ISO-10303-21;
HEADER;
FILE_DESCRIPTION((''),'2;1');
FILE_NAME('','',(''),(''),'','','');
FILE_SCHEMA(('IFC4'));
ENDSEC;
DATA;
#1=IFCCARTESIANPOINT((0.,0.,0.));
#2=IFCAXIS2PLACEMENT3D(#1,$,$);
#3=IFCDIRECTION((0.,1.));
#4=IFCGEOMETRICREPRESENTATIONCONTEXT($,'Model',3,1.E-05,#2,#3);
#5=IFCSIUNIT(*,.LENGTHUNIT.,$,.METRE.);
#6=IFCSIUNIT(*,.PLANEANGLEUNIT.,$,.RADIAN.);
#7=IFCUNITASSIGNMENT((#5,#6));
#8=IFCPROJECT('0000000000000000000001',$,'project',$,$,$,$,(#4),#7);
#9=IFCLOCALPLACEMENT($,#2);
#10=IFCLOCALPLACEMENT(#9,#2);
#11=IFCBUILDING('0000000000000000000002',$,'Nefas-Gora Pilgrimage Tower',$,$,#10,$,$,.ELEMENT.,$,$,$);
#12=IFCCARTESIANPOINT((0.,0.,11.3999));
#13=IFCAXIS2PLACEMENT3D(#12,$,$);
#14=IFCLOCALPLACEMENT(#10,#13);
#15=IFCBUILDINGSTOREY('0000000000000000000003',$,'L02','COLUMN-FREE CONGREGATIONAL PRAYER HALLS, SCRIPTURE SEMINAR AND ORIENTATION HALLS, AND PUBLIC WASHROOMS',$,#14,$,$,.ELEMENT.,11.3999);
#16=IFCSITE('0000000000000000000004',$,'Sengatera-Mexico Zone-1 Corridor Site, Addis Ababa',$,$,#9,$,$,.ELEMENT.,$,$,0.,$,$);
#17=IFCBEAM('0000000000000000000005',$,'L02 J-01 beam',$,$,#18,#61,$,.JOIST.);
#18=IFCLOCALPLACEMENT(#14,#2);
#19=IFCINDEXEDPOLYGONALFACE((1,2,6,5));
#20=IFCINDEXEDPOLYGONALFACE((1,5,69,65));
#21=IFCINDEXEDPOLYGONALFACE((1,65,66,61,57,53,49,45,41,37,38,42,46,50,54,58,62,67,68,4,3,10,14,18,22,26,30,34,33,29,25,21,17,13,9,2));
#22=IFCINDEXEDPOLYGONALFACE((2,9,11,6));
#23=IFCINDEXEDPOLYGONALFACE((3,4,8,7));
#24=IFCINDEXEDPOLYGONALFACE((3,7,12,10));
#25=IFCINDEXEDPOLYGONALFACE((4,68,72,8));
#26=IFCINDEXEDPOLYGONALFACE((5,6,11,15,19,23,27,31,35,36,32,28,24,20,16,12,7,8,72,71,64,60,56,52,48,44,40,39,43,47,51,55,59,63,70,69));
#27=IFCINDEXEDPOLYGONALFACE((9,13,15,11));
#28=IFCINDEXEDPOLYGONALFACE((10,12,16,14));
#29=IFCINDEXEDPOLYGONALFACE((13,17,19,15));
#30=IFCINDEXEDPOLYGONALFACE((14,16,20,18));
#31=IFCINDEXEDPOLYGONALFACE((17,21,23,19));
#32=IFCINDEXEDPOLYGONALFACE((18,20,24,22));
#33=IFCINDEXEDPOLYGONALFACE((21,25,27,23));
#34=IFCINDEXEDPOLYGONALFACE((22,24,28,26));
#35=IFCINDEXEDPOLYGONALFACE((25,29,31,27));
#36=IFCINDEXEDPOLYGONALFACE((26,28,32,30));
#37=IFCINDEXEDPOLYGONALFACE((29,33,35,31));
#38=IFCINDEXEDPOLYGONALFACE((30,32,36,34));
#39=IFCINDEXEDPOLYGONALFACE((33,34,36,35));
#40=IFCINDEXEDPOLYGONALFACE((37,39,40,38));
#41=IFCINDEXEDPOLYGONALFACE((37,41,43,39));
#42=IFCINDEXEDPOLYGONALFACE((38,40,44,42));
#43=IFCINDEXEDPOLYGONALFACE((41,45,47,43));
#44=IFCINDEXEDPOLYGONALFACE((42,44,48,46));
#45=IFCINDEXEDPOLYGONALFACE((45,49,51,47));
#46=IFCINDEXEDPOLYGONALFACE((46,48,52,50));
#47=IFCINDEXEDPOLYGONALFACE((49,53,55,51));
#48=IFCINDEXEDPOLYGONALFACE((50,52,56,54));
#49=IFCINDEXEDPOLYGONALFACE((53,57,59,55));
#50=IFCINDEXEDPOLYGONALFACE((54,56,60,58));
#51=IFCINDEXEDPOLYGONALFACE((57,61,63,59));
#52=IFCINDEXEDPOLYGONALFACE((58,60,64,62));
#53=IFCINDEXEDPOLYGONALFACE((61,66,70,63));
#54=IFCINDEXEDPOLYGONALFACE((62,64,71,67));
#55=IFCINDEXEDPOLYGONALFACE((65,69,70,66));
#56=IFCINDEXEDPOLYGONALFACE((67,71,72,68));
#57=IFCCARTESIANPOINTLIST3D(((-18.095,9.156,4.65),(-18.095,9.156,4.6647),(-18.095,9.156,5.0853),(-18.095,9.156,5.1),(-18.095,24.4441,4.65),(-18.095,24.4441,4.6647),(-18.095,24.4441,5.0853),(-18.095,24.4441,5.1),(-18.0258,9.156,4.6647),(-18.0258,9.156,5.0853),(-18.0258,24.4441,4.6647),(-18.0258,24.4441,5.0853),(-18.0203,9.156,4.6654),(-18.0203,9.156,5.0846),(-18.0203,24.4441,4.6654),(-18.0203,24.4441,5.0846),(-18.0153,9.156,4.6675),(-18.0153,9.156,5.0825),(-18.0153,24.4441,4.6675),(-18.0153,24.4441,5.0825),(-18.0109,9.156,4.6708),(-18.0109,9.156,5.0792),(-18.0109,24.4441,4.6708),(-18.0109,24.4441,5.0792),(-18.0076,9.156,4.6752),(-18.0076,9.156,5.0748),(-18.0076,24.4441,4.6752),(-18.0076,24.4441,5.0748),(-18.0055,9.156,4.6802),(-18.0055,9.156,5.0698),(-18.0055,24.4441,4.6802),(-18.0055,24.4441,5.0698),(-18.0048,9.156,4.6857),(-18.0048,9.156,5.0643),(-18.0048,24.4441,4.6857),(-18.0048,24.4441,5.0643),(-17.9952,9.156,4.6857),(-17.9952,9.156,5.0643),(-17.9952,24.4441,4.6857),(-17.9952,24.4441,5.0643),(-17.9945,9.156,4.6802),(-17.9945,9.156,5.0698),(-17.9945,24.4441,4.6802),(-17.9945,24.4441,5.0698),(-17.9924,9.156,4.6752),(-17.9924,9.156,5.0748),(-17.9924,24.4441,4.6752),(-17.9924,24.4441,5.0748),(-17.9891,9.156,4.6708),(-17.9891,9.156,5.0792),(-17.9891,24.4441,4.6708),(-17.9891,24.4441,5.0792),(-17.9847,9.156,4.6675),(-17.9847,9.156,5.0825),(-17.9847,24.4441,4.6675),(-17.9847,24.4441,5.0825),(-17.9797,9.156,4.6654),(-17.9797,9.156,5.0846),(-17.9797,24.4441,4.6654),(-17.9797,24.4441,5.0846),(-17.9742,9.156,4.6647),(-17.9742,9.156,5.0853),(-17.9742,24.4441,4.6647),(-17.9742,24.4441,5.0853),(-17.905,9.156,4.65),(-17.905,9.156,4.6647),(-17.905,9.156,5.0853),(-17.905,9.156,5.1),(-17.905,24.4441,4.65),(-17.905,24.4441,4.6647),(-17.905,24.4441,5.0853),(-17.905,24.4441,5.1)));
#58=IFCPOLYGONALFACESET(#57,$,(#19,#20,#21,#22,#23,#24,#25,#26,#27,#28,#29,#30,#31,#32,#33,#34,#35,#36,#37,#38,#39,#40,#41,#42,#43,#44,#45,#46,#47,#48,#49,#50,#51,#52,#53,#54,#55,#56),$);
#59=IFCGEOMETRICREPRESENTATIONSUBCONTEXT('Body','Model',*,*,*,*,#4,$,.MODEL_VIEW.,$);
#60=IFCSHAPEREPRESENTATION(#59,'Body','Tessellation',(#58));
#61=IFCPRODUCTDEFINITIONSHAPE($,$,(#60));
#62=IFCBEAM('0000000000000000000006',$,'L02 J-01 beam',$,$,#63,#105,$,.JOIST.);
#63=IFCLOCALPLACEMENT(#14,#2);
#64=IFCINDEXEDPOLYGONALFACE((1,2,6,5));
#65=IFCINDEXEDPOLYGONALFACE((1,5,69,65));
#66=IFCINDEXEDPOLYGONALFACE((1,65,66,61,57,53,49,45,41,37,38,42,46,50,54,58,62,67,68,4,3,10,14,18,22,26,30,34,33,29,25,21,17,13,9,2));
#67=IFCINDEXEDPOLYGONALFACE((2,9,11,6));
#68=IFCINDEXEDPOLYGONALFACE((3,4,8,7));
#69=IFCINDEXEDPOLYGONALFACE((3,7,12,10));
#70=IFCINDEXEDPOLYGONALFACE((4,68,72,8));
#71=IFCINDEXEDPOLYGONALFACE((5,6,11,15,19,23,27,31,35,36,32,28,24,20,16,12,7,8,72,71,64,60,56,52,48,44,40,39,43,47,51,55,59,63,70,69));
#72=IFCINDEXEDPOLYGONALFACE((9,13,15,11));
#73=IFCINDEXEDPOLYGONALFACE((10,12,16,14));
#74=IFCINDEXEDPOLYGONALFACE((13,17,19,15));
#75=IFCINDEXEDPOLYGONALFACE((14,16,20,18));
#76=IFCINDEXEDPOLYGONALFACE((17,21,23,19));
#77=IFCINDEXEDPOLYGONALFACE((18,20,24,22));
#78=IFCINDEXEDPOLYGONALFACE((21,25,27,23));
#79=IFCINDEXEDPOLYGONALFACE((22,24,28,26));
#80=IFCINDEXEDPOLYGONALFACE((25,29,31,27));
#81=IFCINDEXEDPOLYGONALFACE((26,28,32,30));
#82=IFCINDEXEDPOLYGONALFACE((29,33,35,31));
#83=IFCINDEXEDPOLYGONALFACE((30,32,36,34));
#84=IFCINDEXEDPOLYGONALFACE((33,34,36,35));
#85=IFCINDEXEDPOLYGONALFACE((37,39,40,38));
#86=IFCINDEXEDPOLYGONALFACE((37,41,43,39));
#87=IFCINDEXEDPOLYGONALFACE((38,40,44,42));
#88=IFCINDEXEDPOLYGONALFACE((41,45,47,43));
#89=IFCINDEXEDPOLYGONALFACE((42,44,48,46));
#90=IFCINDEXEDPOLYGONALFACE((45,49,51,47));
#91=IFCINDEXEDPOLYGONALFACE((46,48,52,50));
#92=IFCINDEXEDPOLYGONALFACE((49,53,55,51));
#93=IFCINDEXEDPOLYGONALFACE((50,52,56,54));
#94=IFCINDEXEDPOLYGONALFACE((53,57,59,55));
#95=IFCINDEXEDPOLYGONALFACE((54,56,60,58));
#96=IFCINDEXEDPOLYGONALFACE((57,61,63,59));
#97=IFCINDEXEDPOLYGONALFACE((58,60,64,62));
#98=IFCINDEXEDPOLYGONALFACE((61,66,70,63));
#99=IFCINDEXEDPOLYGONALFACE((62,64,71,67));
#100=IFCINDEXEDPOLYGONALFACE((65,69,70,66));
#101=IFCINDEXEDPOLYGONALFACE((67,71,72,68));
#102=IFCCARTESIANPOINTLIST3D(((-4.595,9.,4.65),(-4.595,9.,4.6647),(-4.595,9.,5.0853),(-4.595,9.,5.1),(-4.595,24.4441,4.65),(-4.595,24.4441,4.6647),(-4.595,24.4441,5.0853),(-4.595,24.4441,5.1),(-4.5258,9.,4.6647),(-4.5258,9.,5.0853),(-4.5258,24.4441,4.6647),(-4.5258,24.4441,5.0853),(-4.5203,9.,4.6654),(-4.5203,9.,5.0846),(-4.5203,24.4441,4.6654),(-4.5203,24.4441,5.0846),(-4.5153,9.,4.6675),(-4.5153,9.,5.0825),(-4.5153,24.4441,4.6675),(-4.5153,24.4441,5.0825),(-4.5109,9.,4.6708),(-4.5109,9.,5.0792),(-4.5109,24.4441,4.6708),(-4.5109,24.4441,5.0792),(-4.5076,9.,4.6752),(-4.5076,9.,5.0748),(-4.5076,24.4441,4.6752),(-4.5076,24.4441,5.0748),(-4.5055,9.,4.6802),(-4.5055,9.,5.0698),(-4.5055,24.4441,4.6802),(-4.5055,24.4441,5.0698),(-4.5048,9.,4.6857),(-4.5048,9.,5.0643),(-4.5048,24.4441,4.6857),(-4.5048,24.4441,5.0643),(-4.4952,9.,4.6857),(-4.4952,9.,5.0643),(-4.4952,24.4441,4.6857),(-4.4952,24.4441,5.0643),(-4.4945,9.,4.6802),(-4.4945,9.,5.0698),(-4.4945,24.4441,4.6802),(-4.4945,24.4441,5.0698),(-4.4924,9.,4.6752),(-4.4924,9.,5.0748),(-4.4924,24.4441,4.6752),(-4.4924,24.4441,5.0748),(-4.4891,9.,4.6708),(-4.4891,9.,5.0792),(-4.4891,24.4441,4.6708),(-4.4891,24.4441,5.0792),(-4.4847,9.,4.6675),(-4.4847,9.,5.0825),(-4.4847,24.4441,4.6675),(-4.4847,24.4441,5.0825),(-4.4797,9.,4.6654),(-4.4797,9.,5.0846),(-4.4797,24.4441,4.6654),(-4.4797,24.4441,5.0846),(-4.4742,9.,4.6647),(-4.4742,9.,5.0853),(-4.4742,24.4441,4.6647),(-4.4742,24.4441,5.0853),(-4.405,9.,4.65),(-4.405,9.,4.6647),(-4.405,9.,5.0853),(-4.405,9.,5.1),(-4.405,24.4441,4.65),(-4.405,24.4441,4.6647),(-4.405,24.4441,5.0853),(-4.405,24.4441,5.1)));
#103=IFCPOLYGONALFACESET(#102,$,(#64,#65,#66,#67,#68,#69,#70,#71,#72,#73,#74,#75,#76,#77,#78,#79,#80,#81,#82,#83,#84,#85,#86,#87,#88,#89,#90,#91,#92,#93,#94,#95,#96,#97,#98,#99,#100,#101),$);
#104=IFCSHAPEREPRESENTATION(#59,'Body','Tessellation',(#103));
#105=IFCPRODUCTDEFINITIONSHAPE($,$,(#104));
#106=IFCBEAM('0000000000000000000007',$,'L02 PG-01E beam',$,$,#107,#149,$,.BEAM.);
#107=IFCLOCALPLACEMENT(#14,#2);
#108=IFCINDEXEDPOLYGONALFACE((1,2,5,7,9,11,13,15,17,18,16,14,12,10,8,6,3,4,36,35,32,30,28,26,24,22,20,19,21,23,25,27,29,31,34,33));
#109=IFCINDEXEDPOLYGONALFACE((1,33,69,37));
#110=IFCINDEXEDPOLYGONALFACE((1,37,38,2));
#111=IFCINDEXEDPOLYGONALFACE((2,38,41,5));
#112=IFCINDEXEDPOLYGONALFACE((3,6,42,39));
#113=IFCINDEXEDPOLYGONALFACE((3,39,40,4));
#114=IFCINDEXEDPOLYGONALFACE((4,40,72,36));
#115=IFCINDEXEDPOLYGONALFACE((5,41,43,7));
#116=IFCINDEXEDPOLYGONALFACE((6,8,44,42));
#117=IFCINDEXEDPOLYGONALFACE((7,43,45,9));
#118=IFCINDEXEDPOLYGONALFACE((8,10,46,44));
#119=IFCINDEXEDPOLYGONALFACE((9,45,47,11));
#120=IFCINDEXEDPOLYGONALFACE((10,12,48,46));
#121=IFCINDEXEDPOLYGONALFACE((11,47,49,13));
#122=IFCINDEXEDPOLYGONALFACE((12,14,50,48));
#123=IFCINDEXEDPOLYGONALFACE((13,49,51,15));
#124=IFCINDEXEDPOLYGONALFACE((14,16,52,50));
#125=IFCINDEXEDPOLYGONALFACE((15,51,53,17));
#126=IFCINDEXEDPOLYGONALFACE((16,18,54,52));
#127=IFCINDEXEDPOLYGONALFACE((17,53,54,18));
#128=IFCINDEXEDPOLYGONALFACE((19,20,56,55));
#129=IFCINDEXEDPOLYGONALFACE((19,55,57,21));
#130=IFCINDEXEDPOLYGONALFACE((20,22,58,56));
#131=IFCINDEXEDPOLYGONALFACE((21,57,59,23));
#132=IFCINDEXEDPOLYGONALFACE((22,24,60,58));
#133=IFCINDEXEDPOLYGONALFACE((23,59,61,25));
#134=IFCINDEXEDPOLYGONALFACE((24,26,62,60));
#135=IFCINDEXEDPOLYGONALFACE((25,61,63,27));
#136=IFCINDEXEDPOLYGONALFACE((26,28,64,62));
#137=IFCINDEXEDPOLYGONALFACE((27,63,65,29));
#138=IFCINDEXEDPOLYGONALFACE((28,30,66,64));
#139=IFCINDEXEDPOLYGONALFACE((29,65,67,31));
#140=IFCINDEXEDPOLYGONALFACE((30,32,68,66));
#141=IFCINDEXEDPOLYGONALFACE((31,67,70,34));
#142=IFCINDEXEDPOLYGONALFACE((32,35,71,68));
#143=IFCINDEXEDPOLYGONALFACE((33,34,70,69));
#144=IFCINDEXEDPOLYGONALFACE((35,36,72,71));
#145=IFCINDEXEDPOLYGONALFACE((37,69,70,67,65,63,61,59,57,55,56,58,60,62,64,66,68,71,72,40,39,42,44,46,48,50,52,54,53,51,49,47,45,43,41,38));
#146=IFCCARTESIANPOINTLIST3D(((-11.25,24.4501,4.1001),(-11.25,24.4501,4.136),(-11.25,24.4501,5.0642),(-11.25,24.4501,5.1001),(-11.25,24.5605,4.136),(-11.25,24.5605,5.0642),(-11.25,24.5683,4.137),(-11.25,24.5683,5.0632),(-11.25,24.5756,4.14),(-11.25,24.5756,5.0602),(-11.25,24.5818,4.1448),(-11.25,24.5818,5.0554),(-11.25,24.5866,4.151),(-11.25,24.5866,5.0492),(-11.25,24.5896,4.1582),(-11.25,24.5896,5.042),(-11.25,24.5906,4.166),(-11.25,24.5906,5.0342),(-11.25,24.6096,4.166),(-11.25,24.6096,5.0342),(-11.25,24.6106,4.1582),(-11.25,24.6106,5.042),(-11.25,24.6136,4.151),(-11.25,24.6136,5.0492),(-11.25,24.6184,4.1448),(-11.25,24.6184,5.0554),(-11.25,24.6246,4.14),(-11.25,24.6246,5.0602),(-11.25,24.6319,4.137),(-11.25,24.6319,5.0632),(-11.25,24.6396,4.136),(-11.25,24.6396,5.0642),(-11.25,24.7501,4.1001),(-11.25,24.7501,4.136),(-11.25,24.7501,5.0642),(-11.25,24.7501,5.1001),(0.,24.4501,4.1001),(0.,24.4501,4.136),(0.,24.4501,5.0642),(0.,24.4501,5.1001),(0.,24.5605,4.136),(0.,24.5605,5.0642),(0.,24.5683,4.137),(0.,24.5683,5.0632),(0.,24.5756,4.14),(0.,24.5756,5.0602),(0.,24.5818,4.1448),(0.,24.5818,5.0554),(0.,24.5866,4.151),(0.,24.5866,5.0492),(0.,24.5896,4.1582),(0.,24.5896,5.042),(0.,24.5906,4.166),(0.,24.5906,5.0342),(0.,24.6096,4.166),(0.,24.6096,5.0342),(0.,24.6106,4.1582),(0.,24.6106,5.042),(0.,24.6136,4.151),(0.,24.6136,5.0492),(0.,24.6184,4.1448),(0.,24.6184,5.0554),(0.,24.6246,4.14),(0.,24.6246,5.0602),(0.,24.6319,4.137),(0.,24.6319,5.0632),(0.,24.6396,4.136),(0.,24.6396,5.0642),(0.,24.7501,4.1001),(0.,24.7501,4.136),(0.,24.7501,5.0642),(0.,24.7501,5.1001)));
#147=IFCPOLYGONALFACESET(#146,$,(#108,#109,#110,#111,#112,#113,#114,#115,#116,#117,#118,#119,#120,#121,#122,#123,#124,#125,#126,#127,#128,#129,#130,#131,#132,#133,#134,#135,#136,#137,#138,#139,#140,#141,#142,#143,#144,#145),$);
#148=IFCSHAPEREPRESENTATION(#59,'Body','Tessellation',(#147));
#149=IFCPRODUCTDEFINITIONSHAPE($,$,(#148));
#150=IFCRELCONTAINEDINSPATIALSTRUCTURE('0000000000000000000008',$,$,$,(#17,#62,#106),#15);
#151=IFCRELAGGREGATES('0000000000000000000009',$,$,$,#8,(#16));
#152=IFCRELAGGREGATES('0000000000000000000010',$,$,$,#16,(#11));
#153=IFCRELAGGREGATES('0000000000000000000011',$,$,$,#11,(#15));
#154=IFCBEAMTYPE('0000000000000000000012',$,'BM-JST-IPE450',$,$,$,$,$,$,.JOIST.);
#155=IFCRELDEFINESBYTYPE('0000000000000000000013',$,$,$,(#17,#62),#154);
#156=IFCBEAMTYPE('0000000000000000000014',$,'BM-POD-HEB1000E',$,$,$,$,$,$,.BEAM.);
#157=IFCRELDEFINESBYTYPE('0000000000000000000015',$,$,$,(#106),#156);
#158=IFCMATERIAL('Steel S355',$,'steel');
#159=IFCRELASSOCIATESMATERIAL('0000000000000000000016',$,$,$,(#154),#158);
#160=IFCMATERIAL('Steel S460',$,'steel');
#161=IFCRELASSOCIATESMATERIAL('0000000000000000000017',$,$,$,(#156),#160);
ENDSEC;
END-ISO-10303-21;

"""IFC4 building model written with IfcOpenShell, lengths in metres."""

from ifc_helpers import new_model, si_unit, direction, frame, origin, origin_2d, place, context, subcontext, project, spatial, i_section, extrude, source, transform, mapped, material, material_profile, profile_set, type_object, element, save


model = new_model("IFC4")

# Units and contexts
model_context = context("Model", 3, precision=1e-05, world=origin(), true_north=direction((0.0, 1.0)))
body_context = subcontext(model_context, "Body", "Model", "MODEL_VIEW")
ifc_project = project(units=[si_unit("LENGTHUNIT", "METRE"), si_unit("PLANEANGLEUNIT", "RADIAN")], contexts=[model_context])

# Site, building, storey
site_placement = place(None, origin())
site = spatial("IfcSite", under=ifc_project, at=site_placement, Name="Sengatera-Mexico Zone-1 Corridor Site, Addis Ababa", CompositionType="ELEMENT", RefElevation=0.0)
building_placement = place(site_placement, origin())
building = spatial("IfcBuilding", under=site, at=building_placement, Name="Nefas-Gora Pilgrimage Tower", CompositionType="ELEMENT")
storey_placement = place(building_placement, frame((0.0, 0.0, 11.3999)))
storey = spatial("IfcBuildingStorey", under=building, at=storey_placement, Name="L02", Description="COLUMN-FREE CONGREGATIONAL PRAYER HALLS, SCRIPTURE SEMINAR AND ORIENTATION HALLS, AND PUBLIC WASHROOMS", CompositionType="ELEMENT", Elevation=11.3999)

# Shared definitions
ifc_material_1 = material(Name="Steel S460", Category="steel")

# Beams
ifc_material_2 = material(Name="Steel S355", Category="steel")
ifc_material_profile_1 = material_profile(ifc_material_2, i_section(OverallWidth=0.1899, OverallDepth=0.45, WebThickness=0.0095, FlangeThickness=0.0146, FilletRadius=0.021, at=origin_2d()), Name="IPE 450")
ifc_profile_set_1 = profile_set([ifc_material_profile_1], Name="Steel S355")
beam_type_1 = type_object("IfcBeamType", Name="BM-JST-IPE450", PredefinedType="JOIST", material=ifc_profile_set_1)
shared_shape_1 = source(origin(), body_context, "Body", "SweptSolid", [
    extrude(i_section(OverallWidth=0.1899, OverallDepth=0.45, WebThickness=0.0095, FlangeThickness=0.0146, FilletRadius=0.021, at=origin_2d()), origin(), (0.0, 0.0, 1.0), 15.2881),
])
beam_1_placement = place(storey_placement, frame((-18.0, 9.156, 4.875), z_axis=(0.0, 1.0, 0.0), x_axis=(-1.0, 0.0, 0.0)))
element("IfcBeam", 1, at=beam_1_placement, inside=storey, type_object=beam_type_1, Name="L02 J-01 beam", PredefinedType="JOIST", context=body_context, shape_type="MappedRepresentation", body=[
    mapped(shared_shape_1, transform((0.0, 0.0, 0.0), x_axis=(1.0, 0.0, 0.0), y_axis=(0.0, 1.0, 0.0), z_axis=(0.0, 0.0, 1.0), scale=1.0)),
])
shared_shape_2 = source(origin(), body_context, "Body", "SweptSolid", [
    extrude(i_section(OverallWidth=0.1899, OverallDepth=0.45, WebThickness=0.0095, FlangeThickness=0.0146, FilletRadius=0.021, at=origin_2d()), origin(), (0.0, 0.0, 1.0), 15.4441),
])
beam_2_placement = place(storey_placement, frame((-4.5, 9.0, 4.875), z_axis=(0.0, 1.0, 0.0), x_axis=(-1.0, 0.0, 0.0)))
element("IfcBeam", 2, at=beam_2_placement, inside=storey, type_object=beam_type_1, Name="L02 J-01 beam", PredefinedType="JOIST", context=body_context, shape_type="MappedRepresentation", body=[
    mapped(shared_shape_2, transform((0.0, 0.0, 0.0), x_axis=(1.0, 0.0, 0.0), y_axis=(0.0, 1.0, 0.0), z_axis=(0.0, 0.0, 1.0), scale=1.0)),
])
ifc_material_profile_2 = material_profile(ifc_material_1, i_section(OverallWidth=0.3, OverallDepth=1.0, WebThickness=0.019, FlangeThickness=0.0359, FilletRadius=0.03, at=origin_2d()), Name="HEB 1000")
ifc_profile_set_2 = profile_set([ifc_material_profile_2], Name="Steel S460")
beam_type_2 = type_object("IfcBeamType", Name="BM-POD-HEB1000E", PredefinedType="BEAM", material=ifc_profile_set_2)
shared_shape_3 = source(origin(), body_context, "Body", "SweptSolid", [
    extrude(i_section(OverallWidth=0.3, OverallDepth=1.0, WebThickness=0.019, FlangeThickness=0.0359, FilletRadius=0.03, at=origin_2d()), origin(), (0.0, 0.0, 1.0), 11.25),
])
beam_3_placement = place(storey_placement, frame((-11.25, 24.6001, 4.6001), z_axis=(1.0, 0.0, 0.0), x_axis=(0.0, 1.0, 0.0)))
element("IfcBeam", 3, at=beam_3_placement, inside=storey, type_object=beam_type_2, Name="L02 PG-01E beam", PredefinedType="BEAM", context=body_context, shape_type="MappedRepresentation", body=[
    mapped(shared_shape_3, transform((0.0, 0.0, 0.0), x_axis=(1.0, 0.0, 0.0), y_axis=(0.0, 1.0, 0.0), z_axis=(0.0, 0.0, 1.0), scale=1.0)),
])

save(model, "model.ifc")
